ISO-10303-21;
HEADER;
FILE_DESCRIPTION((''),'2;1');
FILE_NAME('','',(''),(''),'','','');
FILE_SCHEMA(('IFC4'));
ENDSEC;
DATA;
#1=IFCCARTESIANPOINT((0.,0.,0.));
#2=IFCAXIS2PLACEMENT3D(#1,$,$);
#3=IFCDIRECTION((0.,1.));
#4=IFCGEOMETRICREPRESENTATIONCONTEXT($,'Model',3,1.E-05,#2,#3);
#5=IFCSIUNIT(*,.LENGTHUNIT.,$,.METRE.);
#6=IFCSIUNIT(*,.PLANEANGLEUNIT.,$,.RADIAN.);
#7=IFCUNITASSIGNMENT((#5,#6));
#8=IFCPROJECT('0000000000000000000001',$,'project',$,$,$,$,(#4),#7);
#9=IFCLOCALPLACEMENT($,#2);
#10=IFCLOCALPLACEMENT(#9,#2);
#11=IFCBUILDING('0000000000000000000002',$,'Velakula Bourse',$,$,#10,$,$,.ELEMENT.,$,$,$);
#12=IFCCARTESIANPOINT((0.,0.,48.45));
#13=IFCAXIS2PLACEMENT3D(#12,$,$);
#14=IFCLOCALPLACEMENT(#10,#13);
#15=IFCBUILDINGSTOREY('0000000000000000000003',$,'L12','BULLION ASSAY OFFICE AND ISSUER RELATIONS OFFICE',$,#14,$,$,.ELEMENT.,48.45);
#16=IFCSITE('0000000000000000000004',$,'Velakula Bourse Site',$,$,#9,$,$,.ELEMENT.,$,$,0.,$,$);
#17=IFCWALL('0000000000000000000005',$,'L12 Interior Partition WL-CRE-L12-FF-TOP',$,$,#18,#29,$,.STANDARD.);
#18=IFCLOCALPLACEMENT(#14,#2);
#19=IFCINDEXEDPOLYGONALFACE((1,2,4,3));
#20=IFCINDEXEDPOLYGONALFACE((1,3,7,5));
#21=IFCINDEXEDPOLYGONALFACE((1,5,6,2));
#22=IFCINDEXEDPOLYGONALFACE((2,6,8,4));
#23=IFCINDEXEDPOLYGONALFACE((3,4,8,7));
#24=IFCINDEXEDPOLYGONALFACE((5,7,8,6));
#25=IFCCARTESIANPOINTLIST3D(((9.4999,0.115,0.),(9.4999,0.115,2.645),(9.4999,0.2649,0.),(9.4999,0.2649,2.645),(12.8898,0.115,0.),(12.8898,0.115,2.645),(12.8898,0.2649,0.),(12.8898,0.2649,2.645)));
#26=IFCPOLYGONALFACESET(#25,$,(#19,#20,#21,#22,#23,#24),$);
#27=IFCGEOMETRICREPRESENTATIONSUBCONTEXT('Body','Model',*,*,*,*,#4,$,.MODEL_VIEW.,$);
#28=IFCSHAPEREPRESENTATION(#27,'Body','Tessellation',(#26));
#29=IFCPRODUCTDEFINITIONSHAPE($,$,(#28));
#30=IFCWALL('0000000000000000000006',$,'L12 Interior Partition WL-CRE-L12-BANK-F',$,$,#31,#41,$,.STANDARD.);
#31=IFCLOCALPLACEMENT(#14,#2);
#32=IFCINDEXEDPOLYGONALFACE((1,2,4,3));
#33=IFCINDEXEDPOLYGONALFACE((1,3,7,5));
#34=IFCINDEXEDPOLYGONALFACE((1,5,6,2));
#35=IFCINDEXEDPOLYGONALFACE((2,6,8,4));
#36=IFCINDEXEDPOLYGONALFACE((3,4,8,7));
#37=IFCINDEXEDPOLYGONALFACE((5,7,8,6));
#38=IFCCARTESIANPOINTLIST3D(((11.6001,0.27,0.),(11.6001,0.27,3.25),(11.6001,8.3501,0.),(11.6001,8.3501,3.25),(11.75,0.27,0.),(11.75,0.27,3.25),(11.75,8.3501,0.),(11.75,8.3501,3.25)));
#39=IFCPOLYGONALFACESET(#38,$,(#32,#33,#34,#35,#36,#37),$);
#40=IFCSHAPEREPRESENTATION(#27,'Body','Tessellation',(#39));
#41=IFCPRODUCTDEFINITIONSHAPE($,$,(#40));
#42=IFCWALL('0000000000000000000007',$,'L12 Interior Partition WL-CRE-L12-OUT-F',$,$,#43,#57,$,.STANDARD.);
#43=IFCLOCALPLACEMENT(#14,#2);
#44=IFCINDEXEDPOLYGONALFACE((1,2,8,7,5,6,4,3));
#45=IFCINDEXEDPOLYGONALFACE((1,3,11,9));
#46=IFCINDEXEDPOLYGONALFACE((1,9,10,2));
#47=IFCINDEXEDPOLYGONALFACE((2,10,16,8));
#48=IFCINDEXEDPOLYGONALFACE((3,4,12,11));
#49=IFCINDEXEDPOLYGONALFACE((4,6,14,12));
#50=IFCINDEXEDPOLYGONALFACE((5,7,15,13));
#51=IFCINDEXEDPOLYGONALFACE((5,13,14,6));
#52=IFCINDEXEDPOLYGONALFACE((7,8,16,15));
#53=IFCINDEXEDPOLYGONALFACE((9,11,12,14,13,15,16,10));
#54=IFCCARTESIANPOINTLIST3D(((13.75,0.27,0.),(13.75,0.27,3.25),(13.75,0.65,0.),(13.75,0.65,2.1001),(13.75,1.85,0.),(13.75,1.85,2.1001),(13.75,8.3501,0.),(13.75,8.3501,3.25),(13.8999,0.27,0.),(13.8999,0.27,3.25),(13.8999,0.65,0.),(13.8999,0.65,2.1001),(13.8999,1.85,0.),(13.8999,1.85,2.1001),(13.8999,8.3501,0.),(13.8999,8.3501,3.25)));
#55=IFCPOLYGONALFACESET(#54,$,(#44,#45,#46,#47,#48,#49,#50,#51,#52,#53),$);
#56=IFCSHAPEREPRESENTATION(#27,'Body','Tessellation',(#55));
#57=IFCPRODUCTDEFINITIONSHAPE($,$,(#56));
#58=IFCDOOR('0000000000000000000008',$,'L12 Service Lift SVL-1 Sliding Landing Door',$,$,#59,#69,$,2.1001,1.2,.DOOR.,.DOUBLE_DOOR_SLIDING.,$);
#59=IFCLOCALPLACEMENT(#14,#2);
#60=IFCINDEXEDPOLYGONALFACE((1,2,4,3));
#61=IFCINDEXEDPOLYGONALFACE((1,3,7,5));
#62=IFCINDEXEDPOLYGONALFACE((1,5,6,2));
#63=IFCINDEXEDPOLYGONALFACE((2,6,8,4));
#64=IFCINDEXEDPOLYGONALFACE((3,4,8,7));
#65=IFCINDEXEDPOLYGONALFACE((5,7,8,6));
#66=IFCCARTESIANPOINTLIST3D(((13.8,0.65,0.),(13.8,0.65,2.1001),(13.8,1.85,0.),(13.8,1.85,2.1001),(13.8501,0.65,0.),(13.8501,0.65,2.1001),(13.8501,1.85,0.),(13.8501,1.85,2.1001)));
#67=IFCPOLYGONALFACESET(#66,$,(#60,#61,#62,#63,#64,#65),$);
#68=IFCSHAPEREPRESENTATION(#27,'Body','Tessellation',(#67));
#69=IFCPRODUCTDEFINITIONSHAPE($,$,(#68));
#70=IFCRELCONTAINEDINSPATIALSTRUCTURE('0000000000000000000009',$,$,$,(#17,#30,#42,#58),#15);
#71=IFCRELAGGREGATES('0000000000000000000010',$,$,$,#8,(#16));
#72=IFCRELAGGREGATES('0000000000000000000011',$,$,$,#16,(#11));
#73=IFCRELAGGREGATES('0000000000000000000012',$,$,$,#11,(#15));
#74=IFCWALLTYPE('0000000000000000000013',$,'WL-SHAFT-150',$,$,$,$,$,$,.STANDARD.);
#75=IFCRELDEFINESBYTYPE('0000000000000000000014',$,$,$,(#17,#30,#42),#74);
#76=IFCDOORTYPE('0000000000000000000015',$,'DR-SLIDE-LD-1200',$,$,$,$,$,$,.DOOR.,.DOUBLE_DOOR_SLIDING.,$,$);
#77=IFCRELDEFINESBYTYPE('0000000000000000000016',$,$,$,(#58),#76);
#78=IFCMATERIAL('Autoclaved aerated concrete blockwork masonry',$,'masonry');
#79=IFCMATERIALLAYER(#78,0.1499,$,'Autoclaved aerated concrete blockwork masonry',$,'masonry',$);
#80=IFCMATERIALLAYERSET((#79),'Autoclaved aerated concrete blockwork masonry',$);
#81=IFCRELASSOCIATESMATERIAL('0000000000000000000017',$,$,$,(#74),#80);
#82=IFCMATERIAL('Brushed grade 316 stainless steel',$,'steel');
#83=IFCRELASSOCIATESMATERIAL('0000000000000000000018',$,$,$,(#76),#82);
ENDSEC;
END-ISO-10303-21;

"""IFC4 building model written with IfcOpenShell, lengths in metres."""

from ifc_helpers import new_model, si_unit, direction, frame, frame_2d, origin, place, context, subcontext, project, spatial, rectangle, extrude, material, layer, layer_set, type_object, element, fill, save


model = new_model("IFC4")

# Units and contexts
model_context = context("Model", 3, precision=1e-05, world=origin(), true_north=direction((0.0, 1.0)))
body_context = subcontext(model_context, "Body", "Model", "MODEL_VIEW")
ifc_project = project(units=[si_unit("LENGTHUNIT", "METRE"), si_unit("PLANEANGLEUNIT", "RADIAN")], contexts=[model_context])

# Site, building, storey
site_placement = place(None, origin())
site = spatial("IfcSite", under=ifc_project, at=site_placement, Name="Velakula Bourse Site", CompositionType="ELEMENT", RefElevation=0.0)
building_placement = place(site_placement, origin())
building = spatial("IfcBuilding", under=site, at=building_placement, Name="Velakula Bourse", CompositionType="ELEMENT")
storey_placement = place(building_placement, frame((0.0, 0.0, 48.45)))
storey = spatial("IfcBuildingStorey", under=building, at=storey_placement, Name="L12", Description="BULLION ASSAY OFFICE AND ISSUER RELATIONS OFFICE", CompositionType="ELEMENT", Elevation=48.45)

# Walls
ifc_material_1 = material(Name="Autoclaved aerated concrete blockwork masonry", Category="masonry")
ifc_layer_1 = layer(ifc_material_1, 0.1499, Name="Autoclaved aerated concrete blockwork masonry", Category="masonry")
ifc_layer_set_1 = layer_set([ifc_layer_1], Name="Autoclaved aerated concrete blockwork masonry")
wall_type_1 = type_object("IfcWallType", Name="WL-SHAFT-150", PredefinedType="STANDARD", material=ifc_layer_set_1)
wall_1_placement = place(storey_placement, frame((9.5, 0.1899, 0.0), z_axis=(0.0, 0.0, 1.0), x_axis=(1.0, 0.0, 0.0)))
element("IfcWall", 1, at=wall_1_placement, inside=storey, type_object=wall_type_1, Name="L12 Interior Partition WL-CRE-L12-FF-TOP", PredefinedType="STANDARD", context=body_context, shape_type="SweptSolid", body=[
    extrude(rectangle(XDim=3.3899, YDim=0.1499, at=frame_2d((1.6948, 0.0))), origin(), (0.0, 0.0, 1.0), 2.645),
])
wall_2_placement = place(storey_placement, frame((11.675, 0.27, 0.0), z_axis=(0.0, 0.0, 1.0), x_axis=(0.0, 1.0, 0.0)))
element("IfcWall", 2, at=wall_2_placement, inside=storey, type_object=wall_type_1, Name="L12 Interior Partition WL-CRE-L12-BANK-F", PredefinedType="STANDARD", context=body_context, shape_type="SweptSolid", body=[
    extrude(rectangle(XDim=8.0801, YDim=0.1499, at=frame_2d((4.04, 0.0))), origin(), (0.0, 0.0, 1.0), 3.25),
])

# Wall, opening, door
wall_3_placement = place(storey_placement, frame((13.825, 0.27, 0.0), z_axis=(0.0, 0.0, 1.0), x_axis=(0.0, 1.0, 0.0)))
wall_3 = element("IfcWall", 3, at=wall_3_placement, inside=storey, type_object=wall_type_1, Name="L12 Interior Partition WL-CRE-L12-OUT-F", PredefinedType="STANDARD", context=body_context, shape_type="SweptSolid", body=[
    extrude(rectangle(XDim=8.0801, YDim=0.1499, at=frame_2d((4.04, 0.0))), origin(), (0.0, 0.0, 1.0), 3.25),
])
opening_1_placement = place(wall_3_placement, frame((0.3799, 0.0, 0.0)))
opening_1 = element("IfcOpeningElement", 4, at=opening_1_placement, cuts=wall_3, PredefinedType="OPENING", context=body_context, shape_type="SweptSolid", body=[
    extrude(rectangle(XDim=1.2, YDim=2.1001, at=frame_2d((0.6001, 1.05))), frame((0.0, 0.085, 0.0), z_axis=(0.0, -1.0, 0.0), x_axis=(1.0, 0.0, 0.0)), (0.0, 0.0, 1.0), 0.1699),
])
ifc_material_2 = material(Name="Brushed grade 316 stainless steel", Category="steel")
door_type_1 = type_object("IfcDoorType", Name="DR-SLIDE-LD-1200", OperationType="DOUBLE_DOOR_SLIDING", PredefinedType="DOOR", material=ifc_material_2)
door_1_placement = place(opening_1_placement, origin())
door_1 = element("IfcDoor", 5, at=door_1_placement, inside=storey, type_object=door_type_1, Name="L12 Service Lift SVL-1 Sliding Landing Door", OperationType="DOUBLE_DOOR_SLIDING", OverallHeight=2.1001, OverallWidth=1.2, PredefinedType="DOOR", context=body_context, shape_type="SweptSolid", body=[
    extrude(rectangle(XDim=1.2, YDim=2.1001, at=frame_2d((0.6001, 1.05))), frame((0.0, 0.0249, 0.0), z_axis=(0.0, -1.0, 0.0), x_axis=(1.0, 0.0, 0.0)), (0.0, 0.0, 1.0), 0.05),
])
fill(opening_1, door_1)

save(model, "model.ifc")
